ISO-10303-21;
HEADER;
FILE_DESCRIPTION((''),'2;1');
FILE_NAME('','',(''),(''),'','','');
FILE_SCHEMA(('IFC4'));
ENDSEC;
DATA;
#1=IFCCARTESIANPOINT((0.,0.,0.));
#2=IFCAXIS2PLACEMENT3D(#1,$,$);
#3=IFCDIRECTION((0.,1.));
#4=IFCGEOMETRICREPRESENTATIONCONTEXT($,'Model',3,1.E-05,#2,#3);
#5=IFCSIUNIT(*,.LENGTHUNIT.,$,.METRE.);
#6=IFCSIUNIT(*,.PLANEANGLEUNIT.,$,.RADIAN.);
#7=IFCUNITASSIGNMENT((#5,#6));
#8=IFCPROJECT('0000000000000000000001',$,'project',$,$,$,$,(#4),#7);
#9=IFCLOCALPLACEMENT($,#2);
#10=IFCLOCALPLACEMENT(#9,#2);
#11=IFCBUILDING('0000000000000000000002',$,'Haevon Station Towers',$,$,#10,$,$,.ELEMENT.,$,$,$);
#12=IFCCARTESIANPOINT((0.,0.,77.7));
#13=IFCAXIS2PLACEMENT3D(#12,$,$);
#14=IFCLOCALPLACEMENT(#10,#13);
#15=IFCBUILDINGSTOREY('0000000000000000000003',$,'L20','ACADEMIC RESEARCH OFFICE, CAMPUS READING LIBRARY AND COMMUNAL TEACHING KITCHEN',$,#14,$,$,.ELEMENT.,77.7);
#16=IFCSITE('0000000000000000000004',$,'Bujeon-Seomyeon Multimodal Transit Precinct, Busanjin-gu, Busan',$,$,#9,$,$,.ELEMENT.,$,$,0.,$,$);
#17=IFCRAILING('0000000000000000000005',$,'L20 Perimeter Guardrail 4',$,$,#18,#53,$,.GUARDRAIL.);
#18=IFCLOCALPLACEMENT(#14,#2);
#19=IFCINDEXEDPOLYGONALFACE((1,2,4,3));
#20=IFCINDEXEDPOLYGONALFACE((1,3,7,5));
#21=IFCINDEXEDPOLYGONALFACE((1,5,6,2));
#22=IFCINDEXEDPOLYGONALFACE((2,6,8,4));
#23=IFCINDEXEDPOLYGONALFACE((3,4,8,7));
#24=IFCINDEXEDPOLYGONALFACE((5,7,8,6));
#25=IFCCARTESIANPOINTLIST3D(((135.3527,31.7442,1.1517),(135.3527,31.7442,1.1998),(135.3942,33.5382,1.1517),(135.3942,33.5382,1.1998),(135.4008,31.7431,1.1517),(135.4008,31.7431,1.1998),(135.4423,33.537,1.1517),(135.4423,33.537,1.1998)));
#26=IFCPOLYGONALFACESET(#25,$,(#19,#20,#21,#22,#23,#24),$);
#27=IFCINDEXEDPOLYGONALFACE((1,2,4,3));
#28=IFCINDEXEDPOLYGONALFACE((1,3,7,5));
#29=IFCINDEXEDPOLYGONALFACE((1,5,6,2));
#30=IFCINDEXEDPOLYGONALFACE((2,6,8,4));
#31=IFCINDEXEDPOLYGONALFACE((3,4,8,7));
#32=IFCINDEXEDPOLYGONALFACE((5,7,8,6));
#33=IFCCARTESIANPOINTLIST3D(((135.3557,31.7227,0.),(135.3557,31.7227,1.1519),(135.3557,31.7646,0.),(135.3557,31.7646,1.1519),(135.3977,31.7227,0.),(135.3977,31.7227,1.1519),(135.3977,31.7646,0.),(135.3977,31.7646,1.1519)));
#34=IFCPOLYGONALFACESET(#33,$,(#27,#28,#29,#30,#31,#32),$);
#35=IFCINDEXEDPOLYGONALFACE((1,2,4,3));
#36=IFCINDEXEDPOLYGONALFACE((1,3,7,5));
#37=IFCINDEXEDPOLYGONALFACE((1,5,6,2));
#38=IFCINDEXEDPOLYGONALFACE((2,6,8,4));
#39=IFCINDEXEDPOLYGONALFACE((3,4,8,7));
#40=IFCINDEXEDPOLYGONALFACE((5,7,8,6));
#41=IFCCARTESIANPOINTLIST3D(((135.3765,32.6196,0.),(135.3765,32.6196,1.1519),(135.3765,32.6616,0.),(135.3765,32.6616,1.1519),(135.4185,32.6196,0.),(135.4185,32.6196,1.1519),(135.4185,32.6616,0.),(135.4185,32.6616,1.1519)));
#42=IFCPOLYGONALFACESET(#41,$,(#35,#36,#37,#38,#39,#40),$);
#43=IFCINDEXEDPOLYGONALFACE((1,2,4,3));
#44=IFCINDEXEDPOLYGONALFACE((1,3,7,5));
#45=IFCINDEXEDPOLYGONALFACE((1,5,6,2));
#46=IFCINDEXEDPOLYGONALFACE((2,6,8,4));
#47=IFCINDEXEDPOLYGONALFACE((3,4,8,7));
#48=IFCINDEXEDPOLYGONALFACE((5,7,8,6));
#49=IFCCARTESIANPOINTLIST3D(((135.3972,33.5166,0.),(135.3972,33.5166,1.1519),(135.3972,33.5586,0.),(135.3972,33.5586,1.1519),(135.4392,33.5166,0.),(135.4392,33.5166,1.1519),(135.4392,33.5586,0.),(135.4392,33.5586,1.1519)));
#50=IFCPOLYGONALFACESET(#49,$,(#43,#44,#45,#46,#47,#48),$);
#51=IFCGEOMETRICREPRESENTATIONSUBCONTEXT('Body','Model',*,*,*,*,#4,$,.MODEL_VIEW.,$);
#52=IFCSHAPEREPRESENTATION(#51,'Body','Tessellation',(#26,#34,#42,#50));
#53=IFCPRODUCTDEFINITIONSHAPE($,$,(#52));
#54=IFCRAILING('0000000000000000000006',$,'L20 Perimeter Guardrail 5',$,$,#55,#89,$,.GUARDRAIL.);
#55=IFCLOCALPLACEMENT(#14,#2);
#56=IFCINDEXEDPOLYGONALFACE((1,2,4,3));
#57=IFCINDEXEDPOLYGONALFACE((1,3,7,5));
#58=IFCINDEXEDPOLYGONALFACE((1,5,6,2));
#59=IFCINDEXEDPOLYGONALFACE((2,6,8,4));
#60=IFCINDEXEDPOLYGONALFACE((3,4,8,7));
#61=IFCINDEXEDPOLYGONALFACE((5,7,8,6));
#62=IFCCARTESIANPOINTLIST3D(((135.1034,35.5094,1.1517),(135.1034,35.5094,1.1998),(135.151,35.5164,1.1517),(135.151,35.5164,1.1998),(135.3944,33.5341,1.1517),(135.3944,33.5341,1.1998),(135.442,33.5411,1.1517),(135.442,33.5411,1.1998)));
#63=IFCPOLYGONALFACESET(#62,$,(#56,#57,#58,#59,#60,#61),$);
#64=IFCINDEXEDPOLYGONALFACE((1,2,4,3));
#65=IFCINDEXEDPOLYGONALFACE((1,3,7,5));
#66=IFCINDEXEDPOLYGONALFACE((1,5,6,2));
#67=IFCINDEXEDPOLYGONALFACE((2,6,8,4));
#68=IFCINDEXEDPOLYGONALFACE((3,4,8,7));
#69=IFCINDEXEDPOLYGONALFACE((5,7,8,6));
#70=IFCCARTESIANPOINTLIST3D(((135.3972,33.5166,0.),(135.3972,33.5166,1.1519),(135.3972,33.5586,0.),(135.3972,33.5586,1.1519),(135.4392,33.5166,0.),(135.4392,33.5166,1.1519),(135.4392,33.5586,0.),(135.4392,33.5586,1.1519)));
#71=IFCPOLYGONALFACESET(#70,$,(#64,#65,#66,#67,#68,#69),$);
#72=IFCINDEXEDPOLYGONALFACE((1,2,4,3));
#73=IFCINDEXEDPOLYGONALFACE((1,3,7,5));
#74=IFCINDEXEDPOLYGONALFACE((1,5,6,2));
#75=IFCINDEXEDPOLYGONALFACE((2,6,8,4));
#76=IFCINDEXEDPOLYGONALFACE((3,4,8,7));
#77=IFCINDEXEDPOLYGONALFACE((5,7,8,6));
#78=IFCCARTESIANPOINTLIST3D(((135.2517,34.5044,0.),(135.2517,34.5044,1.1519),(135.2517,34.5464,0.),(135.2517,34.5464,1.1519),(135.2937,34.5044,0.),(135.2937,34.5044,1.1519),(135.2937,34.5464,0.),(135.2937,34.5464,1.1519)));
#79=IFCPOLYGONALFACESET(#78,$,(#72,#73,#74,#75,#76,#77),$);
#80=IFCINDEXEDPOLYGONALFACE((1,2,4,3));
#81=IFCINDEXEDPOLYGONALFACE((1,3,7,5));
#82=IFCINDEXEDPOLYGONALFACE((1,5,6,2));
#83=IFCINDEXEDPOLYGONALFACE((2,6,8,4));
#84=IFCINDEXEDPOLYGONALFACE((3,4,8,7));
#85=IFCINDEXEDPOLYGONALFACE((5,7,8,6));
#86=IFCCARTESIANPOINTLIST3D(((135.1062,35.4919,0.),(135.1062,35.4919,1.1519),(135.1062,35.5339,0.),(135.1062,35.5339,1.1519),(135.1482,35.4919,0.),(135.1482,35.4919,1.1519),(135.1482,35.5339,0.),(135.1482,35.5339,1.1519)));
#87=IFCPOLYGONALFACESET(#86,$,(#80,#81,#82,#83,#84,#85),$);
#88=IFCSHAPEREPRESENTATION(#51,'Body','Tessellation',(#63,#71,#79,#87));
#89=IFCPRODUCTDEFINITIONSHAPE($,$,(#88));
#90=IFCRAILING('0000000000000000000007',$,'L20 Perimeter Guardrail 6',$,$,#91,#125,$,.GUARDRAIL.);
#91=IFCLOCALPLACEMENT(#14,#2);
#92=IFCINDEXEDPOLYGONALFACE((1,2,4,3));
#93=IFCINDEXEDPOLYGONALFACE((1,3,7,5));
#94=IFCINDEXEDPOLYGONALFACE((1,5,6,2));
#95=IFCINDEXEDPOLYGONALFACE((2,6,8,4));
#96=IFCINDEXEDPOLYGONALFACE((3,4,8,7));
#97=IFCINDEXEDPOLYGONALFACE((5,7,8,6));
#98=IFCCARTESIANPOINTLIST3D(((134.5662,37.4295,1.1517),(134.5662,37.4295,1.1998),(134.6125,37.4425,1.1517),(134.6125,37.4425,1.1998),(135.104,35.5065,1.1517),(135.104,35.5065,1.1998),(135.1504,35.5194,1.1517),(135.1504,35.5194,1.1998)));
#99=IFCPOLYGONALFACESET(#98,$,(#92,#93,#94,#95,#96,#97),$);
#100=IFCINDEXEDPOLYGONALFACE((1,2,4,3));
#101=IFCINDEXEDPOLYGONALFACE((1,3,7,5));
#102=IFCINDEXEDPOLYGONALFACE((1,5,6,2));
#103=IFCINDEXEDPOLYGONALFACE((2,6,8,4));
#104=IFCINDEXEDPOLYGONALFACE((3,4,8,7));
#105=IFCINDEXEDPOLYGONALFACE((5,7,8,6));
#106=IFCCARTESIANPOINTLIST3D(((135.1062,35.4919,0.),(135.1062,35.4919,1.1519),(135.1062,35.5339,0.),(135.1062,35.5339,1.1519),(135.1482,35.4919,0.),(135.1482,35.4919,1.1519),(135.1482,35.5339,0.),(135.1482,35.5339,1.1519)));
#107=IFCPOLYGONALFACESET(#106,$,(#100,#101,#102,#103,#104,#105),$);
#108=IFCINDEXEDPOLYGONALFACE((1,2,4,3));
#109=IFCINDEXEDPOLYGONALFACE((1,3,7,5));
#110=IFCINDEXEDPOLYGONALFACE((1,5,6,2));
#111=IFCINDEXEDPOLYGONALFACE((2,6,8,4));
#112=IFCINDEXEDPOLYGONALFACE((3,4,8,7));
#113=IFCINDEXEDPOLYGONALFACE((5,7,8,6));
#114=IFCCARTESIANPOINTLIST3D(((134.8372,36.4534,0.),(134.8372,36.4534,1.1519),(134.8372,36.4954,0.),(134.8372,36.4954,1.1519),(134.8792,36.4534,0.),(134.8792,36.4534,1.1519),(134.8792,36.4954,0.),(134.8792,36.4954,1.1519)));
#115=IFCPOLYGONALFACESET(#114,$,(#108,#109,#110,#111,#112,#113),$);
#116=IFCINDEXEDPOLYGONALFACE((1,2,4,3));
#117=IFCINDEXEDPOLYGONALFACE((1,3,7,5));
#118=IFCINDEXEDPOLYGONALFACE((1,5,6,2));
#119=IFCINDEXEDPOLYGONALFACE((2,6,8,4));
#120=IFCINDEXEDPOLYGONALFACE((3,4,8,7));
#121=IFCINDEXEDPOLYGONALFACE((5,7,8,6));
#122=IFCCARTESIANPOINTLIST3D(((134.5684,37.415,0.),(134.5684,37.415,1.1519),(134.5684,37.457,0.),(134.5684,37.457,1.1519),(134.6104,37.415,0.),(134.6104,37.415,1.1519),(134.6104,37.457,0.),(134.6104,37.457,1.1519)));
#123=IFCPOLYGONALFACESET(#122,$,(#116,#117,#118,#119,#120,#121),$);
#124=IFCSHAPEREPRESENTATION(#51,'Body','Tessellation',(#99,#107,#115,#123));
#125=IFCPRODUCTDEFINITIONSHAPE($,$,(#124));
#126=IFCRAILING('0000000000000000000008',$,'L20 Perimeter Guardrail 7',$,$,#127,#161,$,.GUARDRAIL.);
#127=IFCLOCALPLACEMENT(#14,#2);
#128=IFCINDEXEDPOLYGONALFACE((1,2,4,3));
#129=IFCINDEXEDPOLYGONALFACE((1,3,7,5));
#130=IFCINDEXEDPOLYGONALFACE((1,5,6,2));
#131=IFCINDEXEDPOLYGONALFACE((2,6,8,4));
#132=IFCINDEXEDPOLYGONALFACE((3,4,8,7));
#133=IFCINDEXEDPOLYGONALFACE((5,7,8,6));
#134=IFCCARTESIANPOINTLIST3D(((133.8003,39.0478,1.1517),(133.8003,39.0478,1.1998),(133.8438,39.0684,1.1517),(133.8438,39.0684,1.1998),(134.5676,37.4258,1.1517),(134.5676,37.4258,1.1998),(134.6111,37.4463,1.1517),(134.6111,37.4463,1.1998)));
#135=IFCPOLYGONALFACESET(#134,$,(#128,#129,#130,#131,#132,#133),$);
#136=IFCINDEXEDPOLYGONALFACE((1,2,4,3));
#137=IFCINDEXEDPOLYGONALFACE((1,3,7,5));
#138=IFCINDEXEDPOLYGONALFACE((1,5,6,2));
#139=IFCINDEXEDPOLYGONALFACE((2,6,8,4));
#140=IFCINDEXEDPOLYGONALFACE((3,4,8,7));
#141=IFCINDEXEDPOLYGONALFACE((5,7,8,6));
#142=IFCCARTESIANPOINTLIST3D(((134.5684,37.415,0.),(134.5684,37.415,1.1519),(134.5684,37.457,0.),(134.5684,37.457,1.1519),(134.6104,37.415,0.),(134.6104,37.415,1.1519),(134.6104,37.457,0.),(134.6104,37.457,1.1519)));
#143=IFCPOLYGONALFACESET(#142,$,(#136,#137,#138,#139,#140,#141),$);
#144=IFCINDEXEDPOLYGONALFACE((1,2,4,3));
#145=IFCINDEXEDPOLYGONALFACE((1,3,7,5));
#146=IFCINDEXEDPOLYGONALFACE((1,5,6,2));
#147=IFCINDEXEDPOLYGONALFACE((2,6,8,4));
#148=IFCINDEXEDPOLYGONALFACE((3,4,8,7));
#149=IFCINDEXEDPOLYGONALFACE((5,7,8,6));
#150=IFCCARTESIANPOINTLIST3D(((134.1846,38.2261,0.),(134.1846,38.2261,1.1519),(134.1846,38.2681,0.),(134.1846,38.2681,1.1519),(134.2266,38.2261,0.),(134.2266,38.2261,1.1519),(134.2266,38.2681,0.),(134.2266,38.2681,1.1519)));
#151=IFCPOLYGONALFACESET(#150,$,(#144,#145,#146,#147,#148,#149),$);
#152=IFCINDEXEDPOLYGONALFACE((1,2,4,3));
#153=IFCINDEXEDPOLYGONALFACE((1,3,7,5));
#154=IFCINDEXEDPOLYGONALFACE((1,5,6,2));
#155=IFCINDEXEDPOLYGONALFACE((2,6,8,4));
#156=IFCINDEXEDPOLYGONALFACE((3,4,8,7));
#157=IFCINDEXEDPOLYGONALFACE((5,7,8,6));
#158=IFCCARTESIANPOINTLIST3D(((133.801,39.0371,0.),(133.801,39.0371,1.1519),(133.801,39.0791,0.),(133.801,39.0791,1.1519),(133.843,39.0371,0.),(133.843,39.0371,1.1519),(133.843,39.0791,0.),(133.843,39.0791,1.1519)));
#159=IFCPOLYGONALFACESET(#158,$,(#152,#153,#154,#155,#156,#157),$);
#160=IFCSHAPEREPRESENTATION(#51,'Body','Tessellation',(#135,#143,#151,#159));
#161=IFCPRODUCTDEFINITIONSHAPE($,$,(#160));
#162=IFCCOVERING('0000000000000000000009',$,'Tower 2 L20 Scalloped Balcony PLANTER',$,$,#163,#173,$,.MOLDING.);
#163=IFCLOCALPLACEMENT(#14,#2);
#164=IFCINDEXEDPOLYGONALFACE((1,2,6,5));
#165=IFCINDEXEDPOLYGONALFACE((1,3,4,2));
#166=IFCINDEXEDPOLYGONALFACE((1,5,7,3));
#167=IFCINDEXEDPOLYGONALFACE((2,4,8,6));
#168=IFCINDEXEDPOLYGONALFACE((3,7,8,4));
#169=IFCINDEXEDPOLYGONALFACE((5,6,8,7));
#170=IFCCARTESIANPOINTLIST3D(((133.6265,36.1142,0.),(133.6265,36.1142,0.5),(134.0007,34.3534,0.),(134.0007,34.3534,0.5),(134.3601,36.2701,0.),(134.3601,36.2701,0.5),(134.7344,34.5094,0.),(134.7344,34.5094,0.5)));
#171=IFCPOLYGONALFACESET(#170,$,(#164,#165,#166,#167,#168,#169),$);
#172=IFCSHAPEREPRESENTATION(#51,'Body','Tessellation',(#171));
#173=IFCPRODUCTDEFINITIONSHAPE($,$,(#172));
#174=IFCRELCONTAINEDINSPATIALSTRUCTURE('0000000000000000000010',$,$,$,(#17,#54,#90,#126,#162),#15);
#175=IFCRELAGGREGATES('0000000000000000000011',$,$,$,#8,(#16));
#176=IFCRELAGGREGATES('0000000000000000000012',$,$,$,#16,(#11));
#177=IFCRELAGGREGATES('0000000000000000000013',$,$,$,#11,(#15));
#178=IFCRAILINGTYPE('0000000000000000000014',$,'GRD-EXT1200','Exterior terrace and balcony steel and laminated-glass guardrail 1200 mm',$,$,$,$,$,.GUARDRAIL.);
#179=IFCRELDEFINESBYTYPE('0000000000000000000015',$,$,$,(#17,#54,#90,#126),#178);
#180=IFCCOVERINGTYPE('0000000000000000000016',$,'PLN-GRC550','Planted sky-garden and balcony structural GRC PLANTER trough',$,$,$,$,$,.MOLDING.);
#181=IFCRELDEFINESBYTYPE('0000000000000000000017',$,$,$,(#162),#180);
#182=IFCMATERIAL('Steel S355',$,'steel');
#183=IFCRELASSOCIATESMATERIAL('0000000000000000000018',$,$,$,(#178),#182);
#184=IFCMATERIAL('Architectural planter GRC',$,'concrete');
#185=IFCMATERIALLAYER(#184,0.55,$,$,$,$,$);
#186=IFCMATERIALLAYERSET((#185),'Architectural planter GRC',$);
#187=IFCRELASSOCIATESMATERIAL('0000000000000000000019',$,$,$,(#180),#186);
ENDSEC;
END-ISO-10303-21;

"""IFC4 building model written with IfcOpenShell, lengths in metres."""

from ifc_helpers import new_model, si_unit, direction, frame, origin, origin_2d, place, context, subcontext, project, spatial, rectangle, extrude, material, layer, layer_set, type_object, element, save


model = new_model("IFC4")

# Units and contexts
model_context = context("Model", 3, precision=1e-05, world=origin(), true_north=direction((0.0, 1.0)))
body_context = subcontext(model_context, "Body", "Model", "MODEL_VIEW")
ifc_project = project(units=[si_unit("LENGTHUNIT", "METRE"), si_unit("PLANEANGLEUNIT", "RADIAN")], contexts=[model_context])

# Site, building, storey
site_placement = place(None, origin())
site = spatial("IfcSite", under=ifc_project, at=site_placement, Name="Bujeon-Seomyeon Multimodal Transit Precinct, Busanjin-gu, Busan", CompositionType="ELEMENT", RefElevation=0.0)
building_placement = place(site_placement, origin())
building = spatial("IfcBuilding", under=site, at=building_placement, Name="Haevon Station Towers", CompositionType="ELEMENT")
storey_placement = place(building_placement, frame((0.0, 0.0, 77.7)))
storey = spatial("IfcBuildingStorey", under=building, at=storey_placement, Name="L20", Description="ACADEMIC RESEARCH OFFICE, CAMPUS READING LIBRARY AND COMMUNAL TEACHING KITCHEN", CompositionType="ELEMENT", Elevation=77.7)

# Shared definitions
ifc_material_1 = material(Name="Steel S355", Category="steel")

# Railings
railing_type = type_object("IfcRailingType", Name="GRD-EXT1200", Description="Exterior terrace and balcony steel and laminated-glass guardrail 1200 mm", PredefinedType="GUARDRAIL", material=ifc_material_1)
railing_1_placement = place(storey_placement, frame((135.3767, 31.7437, 0.0)))
element("IfcRailing", 1, at=railing_1_placement, inside=storey, type_object=railing_type, Name="L20 Perimeter Guardrail 4", PredefinedType="GUARDRAIL", context=body_context, shape_type="SweptSolid", body=[
    extrude(rectangle(XDim=0.0481, YDim=0.0481, at=origin_2d()), frame((0.0, 0.0, 1.1758), z_axis=(0.023129, 0.999732, 0.0), x_axis=(-0.999732, 0.023129, 0.0)), (0.0, 0.0, 1.0), 1.7944),
    extrude(rectangle(XDim=0.042, YDim=0.042, at=origin_2d()), origin(), (0.0, 0.0, 1.0), 1.1519),
    extrude(rectangle(XDim=0.042, YDim=0.042, at=origin_2d()), frame((0.0208, 0.897, 0.0)), (0.0, 0.0, 1.0), 1.1519),
    extrude(rectangle(XDim=0.042, YDim=0.042, at=origin_2d()), frame((0.0415, 1.7939, 0.0)), (0.0, 0.0, 1.0), 1.1519),
])
railing_2_placement = place(storey_placement, frame((135.4182, 33.5376, 0.0)))
element("IfcRailing", 2, at=railing_2_placement, inside=storey, type_object=railing_type, Name="L20 Perimeter Guardrail 5", PredefinedType="GUARDRAIL", context=body_context, shape_type="SweptSolid", body=[
    extrude(rectangle(XDim=0.0481, YDim=0.0481, at=origin_2d()), frame((0.0, 0.0, 1.1758), z_axis=(-0.145751, 0.989321, 0.0), x_axis=(-0.989321, -0.145751, 0.0)), (0.0, 0.0, 1.0), 1.9966),
    extrude(rectangle(XDim=0.042, YDim=0.042, at=origin_2d()), origin(), (0.0, 0.0, 1.0), 1.1519),
    extrude(rectangle(XDim=0.042, YDim=0.042, at=origin_2d()), frame((-0.1455, 0.9878, 0.0)), (0.0, 0.0, 1.0), 1.1519),
    extrude(rectangle(XDim=0.042, YDim=0.042, at=origin_2d()), frame((-0.291, 1.9753, 0.0)), (0.0, 0.0, 1.0), 1.1519),
])
railing_3_placement = place(storey_placement, frame((135.1272, 35.5129, 0.0)))
element("IfcRailing", 3, at=railing_3_placement, inside=storey, type_object=railing_type, Name="L20 Perimeter Guardrail 6", PredefinedType="GUARDRAIL", context=body_context, shape_type="SweptSolid", body=[
    extrude(rectangle(XDim=0.0481, YDim=0.0481, at=origin_2d()), frame((0.0, 0.0, 1.1758), z_axis=(-0.26934, 0.963045, 0.0), x_axis=(-0.963045, -0.26934, 0.0)), (0.0, 0.0, 1.0), 1.9968),
    extrude(rectangle(XDim=0.042, YDim=0.042, at=origin_2d()), origin(), (0.0, 0.0, 1.0), 1.1519),
    extrude(rectangle(XDim=0.042, YDim=0.042, at=origin_2d()), frame((-0.269, 0.9614, 0.0)), (0.0, 0.0, 1.0), 1.1519),
    extrude(rectangle(XDim=0.042, YDim=0.042, at=origin_2d()), frame((-0.5378, 1.9231, 0.0)), (0.0, 0.0, 1.0), 1.1519),
])
railing_4_placement = place(storey_placement, frame((134.5894, 37.436, 0.0)))
element("IfcRailing", 4, at=railing_4_placement, inside=storey, type_object=railing_type, Name="L20 Perimeter Guardrail 7", PredefinedType="GUARDRAIL", context=body_context, shape_type="SweptSolid", body=[
    extrude(rectangle(XDim=0.0481, YDim=0.0481, at=origin_2d()), frame((0.0, 0.0, 1.1758), z_axis=(-0.427624, 0.903957, 0.0), x_axis=(-0.903957, -0.427624, 0.0)), (0.0, 0.0, 1.0), 1.7944),
    extrude(rectangle(XDim=0.042, YDim=0.042, at=origin_2d()), origin(), (0.0, 0.0, 1.0), 1.1519),
    extrude(rectangle(XDim=0.042, YDim=0.042, at=origin_2d()), frame((-0.3838, 0.811, 0.0)), (0.0, 0.0, 1.0), 1.1519),
    extrude(rectangle(XDim=0.042, YDim=0.042, at=origin_2d()), frame((-0.7673, 1.6221, 0.0)), (0.0, 0.0, 1.0), 1.1519),
])

# Covering
ifc_material_2 = material(Name="Architectural planter GRC", Category="concrete")
ifc_layer_1 = layer(ifc_material_2, 0.55)
ifc_layer_set_1 = layer_set([ifc_layer_1], Name="Architectural planter GRC")
covering_type = type_object("IfcCoveringType", Name="PLN-GRC550", Description="Planted sky-garden and balcony structural GRC PLANTER trough", PredefinedType="MOLDING", material=ifc_layer_set_1)
covering_placement = place(storey_placement, frame((134.1804, 35.3118, 0.0), z_axis=(0.0, 0.0, 1.0), x_axis=(0.978148, 0.207912, 0.0)))
element("IfcCovering", 5, at=covering_placement, inside=storey, type_object=covering_type, Name="Tower 2 L20 Scalloped Balcony PLANTER", PredefinedType="MOLDING", context=body_context, shape_type="SweptSolid", body=[
    extrude(rectangle(XDim=0.75, YDim=1.8, at=origin_2d()), origin(), (0.0, 0.0, 1.0), 0.5),
])

save(model, "model.ifc")
